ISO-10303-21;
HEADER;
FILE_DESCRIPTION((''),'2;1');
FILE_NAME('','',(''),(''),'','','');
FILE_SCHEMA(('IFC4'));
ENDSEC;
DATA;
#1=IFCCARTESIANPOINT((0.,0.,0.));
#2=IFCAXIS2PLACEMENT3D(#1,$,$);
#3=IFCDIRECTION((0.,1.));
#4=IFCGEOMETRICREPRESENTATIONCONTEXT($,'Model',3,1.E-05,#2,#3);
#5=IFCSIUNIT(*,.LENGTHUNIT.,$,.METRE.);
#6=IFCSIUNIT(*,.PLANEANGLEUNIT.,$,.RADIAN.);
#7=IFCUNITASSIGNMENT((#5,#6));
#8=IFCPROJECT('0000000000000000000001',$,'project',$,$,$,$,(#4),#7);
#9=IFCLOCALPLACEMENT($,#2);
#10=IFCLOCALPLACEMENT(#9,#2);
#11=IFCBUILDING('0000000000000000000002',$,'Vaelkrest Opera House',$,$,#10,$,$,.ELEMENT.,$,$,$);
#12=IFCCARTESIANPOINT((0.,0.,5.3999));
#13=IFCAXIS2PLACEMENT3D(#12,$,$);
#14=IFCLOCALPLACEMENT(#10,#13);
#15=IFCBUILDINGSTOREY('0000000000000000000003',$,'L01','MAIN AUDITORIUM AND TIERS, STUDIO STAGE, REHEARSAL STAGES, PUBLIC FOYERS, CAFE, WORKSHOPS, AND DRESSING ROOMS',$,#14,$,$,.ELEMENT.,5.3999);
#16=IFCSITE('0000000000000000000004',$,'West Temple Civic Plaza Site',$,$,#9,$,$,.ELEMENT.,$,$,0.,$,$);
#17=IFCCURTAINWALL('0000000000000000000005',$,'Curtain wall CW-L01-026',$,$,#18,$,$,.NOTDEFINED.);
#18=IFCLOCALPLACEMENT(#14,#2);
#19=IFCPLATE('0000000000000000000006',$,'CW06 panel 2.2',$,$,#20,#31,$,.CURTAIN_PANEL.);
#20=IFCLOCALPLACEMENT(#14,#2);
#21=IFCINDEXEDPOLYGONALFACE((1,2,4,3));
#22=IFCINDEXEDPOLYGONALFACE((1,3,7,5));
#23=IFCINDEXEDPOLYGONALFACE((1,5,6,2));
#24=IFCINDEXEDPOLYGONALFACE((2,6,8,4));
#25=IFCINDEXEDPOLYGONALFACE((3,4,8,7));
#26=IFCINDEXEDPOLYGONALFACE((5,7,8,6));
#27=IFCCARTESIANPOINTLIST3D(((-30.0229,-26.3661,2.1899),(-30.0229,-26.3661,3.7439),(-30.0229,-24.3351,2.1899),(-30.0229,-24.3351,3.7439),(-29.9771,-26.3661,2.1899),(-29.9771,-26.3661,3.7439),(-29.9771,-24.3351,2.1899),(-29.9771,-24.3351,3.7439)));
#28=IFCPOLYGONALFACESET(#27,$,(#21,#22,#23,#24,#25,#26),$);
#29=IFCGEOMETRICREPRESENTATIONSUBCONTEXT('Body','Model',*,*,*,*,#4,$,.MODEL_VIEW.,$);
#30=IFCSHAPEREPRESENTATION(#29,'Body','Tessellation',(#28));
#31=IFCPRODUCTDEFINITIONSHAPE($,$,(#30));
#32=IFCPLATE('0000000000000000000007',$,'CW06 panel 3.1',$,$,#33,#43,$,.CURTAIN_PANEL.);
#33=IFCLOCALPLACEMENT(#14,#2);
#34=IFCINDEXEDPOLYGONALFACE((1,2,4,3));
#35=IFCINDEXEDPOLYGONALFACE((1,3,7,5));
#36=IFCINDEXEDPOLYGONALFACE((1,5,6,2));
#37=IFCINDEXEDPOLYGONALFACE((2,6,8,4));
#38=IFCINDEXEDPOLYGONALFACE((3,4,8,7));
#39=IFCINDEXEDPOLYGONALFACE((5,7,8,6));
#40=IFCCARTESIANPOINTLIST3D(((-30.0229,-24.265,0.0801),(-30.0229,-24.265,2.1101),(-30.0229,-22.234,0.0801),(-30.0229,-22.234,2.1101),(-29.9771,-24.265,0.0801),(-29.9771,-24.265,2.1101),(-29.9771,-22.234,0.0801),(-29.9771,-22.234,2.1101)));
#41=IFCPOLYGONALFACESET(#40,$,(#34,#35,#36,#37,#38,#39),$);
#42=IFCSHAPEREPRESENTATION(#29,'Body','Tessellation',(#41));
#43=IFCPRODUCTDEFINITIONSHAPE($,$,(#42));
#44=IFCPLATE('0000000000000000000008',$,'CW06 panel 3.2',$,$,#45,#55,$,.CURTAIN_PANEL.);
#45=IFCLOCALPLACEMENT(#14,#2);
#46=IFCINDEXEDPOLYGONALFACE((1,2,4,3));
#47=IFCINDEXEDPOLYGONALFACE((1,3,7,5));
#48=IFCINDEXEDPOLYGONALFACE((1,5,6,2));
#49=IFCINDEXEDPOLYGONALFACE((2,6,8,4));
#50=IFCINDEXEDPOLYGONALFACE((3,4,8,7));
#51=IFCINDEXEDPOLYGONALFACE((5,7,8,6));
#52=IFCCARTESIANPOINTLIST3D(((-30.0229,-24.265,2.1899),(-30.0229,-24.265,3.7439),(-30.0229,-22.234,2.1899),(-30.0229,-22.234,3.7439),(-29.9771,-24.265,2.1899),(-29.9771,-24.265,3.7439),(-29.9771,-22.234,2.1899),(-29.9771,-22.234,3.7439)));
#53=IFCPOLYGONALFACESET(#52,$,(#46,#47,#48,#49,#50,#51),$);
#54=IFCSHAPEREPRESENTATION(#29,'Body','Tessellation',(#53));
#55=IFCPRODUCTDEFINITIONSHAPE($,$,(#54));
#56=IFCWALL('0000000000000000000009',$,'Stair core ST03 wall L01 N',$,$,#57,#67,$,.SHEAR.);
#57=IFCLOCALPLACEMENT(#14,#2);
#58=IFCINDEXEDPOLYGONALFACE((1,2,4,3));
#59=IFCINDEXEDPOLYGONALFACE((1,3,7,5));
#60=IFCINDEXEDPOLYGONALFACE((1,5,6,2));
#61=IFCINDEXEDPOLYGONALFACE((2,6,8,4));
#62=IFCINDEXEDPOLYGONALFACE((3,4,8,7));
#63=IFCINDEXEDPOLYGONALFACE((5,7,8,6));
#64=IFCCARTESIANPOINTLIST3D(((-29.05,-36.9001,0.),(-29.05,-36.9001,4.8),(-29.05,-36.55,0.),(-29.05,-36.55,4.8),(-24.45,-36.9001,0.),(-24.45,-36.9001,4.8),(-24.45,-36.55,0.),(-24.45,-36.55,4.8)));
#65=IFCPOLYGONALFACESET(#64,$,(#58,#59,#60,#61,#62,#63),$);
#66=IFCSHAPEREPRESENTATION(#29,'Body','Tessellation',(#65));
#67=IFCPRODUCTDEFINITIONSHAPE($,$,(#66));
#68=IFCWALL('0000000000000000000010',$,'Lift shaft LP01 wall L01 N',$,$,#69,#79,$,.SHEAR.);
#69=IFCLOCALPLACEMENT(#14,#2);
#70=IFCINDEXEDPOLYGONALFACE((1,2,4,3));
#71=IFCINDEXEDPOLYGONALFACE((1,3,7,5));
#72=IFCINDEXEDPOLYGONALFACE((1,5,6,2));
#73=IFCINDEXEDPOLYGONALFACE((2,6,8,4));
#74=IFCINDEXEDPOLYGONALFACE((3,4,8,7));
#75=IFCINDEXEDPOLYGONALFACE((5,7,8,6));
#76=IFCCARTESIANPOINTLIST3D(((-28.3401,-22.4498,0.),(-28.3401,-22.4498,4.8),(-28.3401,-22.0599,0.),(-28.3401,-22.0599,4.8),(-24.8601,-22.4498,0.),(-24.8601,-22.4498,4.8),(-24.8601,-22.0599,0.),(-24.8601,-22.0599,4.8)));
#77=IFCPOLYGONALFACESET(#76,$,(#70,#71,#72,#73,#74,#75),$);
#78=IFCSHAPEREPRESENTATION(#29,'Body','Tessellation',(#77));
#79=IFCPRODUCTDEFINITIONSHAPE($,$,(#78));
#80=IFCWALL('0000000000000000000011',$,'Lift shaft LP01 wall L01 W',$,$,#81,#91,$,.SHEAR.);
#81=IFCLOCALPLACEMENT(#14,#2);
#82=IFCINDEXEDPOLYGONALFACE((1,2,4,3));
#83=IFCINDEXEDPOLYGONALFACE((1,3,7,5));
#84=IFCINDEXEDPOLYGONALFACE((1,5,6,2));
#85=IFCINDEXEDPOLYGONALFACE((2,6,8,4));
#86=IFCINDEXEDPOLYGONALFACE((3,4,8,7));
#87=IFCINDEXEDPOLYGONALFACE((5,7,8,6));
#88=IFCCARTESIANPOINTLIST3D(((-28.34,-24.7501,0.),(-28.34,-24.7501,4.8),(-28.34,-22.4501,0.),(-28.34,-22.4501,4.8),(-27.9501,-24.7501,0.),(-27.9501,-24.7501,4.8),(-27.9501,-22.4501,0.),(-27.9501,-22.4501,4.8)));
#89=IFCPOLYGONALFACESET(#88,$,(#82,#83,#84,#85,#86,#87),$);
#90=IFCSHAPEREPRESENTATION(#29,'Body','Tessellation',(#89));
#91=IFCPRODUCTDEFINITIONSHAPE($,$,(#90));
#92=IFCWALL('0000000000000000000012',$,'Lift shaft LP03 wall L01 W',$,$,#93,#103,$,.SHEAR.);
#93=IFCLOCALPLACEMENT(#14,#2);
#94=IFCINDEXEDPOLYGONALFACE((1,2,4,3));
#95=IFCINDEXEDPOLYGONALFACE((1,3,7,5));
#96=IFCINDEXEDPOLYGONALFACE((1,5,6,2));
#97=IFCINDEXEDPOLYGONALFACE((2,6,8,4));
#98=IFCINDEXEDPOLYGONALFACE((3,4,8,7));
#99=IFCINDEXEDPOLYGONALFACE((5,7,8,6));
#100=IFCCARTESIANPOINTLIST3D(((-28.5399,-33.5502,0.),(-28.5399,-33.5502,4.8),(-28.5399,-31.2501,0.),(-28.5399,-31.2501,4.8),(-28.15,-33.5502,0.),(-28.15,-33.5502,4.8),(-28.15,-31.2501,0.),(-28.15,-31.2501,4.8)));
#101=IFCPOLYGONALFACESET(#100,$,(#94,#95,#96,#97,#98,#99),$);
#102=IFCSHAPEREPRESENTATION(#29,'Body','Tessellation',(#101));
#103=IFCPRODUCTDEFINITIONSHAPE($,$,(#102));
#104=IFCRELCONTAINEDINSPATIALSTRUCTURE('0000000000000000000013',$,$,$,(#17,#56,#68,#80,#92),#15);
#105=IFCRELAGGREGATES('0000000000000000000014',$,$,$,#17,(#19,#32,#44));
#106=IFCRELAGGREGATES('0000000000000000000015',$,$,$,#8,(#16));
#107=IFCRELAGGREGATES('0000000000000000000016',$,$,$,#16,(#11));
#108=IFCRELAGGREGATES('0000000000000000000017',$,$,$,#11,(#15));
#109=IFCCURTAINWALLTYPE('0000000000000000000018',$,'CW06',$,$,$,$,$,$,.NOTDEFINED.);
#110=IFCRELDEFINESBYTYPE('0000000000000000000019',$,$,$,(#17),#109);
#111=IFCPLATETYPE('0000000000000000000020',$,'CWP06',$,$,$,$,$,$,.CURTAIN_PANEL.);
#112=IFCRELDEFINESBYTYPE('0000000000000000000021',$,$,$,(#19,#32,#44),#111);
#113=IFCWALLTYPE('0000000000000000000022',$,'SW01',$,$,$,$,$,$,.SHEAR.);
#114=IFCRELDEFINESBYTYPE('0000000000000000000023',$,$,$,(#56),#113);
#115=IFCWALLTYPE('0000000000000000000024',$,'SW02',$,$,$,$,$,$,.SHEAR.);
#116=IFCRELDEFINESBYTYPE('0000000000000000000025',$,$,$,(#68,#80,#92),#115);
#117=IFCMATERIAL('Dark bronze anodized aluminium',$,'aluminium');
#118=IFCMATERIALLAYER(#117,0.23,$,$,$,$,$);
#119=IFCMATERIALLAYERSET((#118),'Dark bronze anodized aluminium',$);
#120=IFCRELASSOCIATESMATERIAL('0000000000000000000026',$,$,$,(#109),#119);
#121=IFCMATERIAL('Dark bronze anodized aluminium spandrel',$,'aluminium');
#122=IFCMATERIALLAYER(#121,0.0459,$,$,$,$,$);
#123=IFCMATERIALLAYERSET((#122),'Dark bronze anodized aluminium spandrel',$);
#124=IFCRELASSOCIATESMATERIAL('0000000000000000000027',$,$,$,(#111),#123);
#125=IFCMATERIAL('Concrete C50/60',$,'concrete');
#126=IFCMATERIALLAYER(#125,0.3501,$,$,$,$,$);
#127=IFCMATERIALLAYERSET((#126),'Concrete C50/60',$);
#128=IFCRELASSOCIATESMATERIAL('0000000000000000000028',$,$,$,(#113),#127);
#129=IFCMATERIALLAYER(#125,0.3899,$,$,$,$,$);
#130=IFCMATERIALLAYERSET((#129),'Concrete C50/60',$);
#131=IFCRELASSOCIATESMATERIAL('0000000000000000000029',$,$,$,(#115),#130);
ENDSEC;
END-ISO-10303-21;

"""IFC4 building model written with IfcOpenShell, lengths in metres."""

from ifc_helpers import new_model, si_unit, direction, frame, frame_2d, origin, origin_2d, place, context, subcontext, project, spatial, rectangle, extrude, material, layer, layer_set, type_object, element, aggregate, save


model = new_model("IFC4")

# Units and contexts
model_context = context("Model", 3, precision=1e-05, world=origin(), true_north=direction((0.0, 1.0)))
body_context = subcontext(model_context, "Body", "Model", "MODEL_VIEW")
ifc_project = project(units=[si_unit("LENGTHUNIT", "METRE"), si_unit("PLANEANGLEUNIT", "RADIAN")], contexts=[model_context])

# Site, building, storey
site_placement = place(None, origin())
site = spatial("IfcSite", under=ifc_project, at=site_placement, Name="West Temple Civic Plaza Site", CompositionType="ELEMENT", RefElevation=0.0)
building_placement = place(site_placement, origin())
building = spatial("IfcBuilding", under=site, at=building_placement, Name="Vaelkrest Opera House", CompositionType="ELEMENT")
storey_placement = place(building_placement, frame((0.0, 0.0, 5.3999)))
storey = spatial("IfcBuildingStorey", under=building, at=storey_placement, Name="L01", Description="MAIN AUDITORIUM AND TIERS, STUDIO STAGE, REHEARSAL STAGES, PUBLIC FOYERS, CAFE, WORKSHOPS, AND DRESSING ROOMS", CompositionType="ELEMENT", Elevation=5.3999)

# Shared definitions
ifc_material_1 = material(Name="Concrete C50/60", Category="concrete")

# Curtain wall
ifc_material_2 = material(Name="Dark bronze anodized aluminium", Category="aluminium")
ifc_layer_1 = layer(ifc_material_2, 0.23)
ifc_layer_set_1 = layer_set([ifc_layer_1], Name="Dark bronze anodized aluminium")
curtain_wall_type = type_object("IfcCurtainWallType", Name="CW06", PredefinedType="NOTDEFINED", material=ifc_layer_set_1)
curtain_wall_placement = place(storey_placement, origin())
curtain_wall = element("IfcCurtainWall", 1, at=curtain_wall_placement, inside=storey, type_object=curtain_wall_type, Name="Curtain wall CW-L01-026", PredefinedType="NOTDEFINED")

# Plates
ifc_material_3 = material(Name="Dark bronze anodized aluminium spandrel", Category="aluminium")
ifc_layer_2 = layer(ifc_material_3, 0.0459)
ifc_layer_set_2 = layer_set([ifc_layer_2], Name="Dark bronze anodized aluminium spandrel")
plate_type = type_object("IfcPlateType", Name="CWP06", PredefinedType="CURTAIN_PANEL", material=ifc_layer_set_2)
plate_1_placement = place(storey_placement, frame((-30.0, -25.3506, 2.1899), z_axis=(0.0, 0.0, 1.0), x_axis=(0.0, 1.0, 0.0)))
plate_1 = element("IfcPlate", 2, at=plate_1_placement, type_object=plate_type, Name="CW06 panel 2.2", PredefinedType="CURTAIN_PANEL", context=body_context, shape_type="SweptSolid", body=[
    extrude(rectangle(XDim=2.031, YDim=0.0459, at=origin_2d()), origin(), (0.0, 0.0, 1.0), 1.554),
])
plate_2_placement = place(storey_placement, frame((-30.0, -23.2495, 0.0801), z_axis=(0.0, 0.0, 1.0), x_axis=(0.0, 1.0, 0.0)))
plate_2 = element("IfcPlate", 3, at=plate_2_placement, type_object=plate_type, Name="CW06 panel 3.1", PredefinedType="CURTAIN_PANEL", context=body_context, shape_type="SweptSolid", body=[
    extrude(rectangle(XDim=2.031, YDim=0.0459, at=origin_2d()), origin(), (0.0, 0.0, 1.0), 2.03),
])
plate_3_placement = place(storey_placement, frame((-30.0, -23.2495, 2.1899), z_axis=(0.0, 0.0, 1.0), x_axis=(0.0, 1.0, 0.0)))
plate_3 = element("IfcPlate", 4, at=plate_3_placement, type_object=plate_type, Name="CW06 panel 3.2", PredefinedType="CURTAIN_PANEL", context=body_context, shape_type="SweptSolid", body=[
    extrude(rectangle(XDim=2.031, YDim=0.0459, at=origin_2d()), origin(), (0.0, 0.0, 1.0), 1.554),
])
aggregate(curtain_wall, [plate_1, plate_2, plate_3])

# Walls
ifc_layer_3 = layer(ifc_material_1, 0.3501)
ifc_layer_set_3 = layer_set([ifc_layer_3], Name="Concrete C50/60")
wall_type_1 = type_object("IfcWallType", Name="SW01", PredefinedType="SHEAR", material=ifc_layer_set_3)
wall_1_placement = place(storey_placement, frame((-29.05, -36.7251, 0.0), z_axis=(0.0, 0.0, 1.0), x_axis=(1.0, 0.0, 0.0)))
element("IfcWall", 5, at=wall_1_placement, inside=storey, type_object=wall_type_1, Name="Stair core ST03 wall L01 N", PredefinedType="SHEAR", context=body_context, shape_type="SweptSolid", body=[
    extrude(rectangle(XDim=4.6001, YDim=0.3501, at=frame_2d((2.3, 0.0))), origin(), (0.0, 0.0, 1.0), 4.8),
])
ifc_layer_4 = layer(ifc_material_1, 0.3899)
ifc_layer_set_4 = layer_set([ifc_layer_4], Name="Concrete C50/60")
wall_type_2 = type_object("IfcWallType", Name="SW02", PredefinedType="SHEAR", material=ifc_layer_set_4)
wall_2_placement = place(storey_placement, frame((-28.3401, -22.2549, 0.0), z_axis=(0.0, 0.0, 1.0), x_axis=(1.0, 0.0, 0.0)))
element("IfcWall", 6, at=wall_2_placement, inside=storey, type_object=wall_type_2, Name="Lift shaft LP01 wall L01 N", PredefinedType="SHEAR", context=body_context, shape_type="SweptSolid", body=[
    extrude(rectangle(XDim=3.48, YDim=0.3899, at=frame_2d((1.74, 0.0))), origin(), (0.0, 0.0, 1.0), 4.8),
])
wall_3_placement = place(storey_placement, frame((-28.145, -24.75, 0.0), z_axis=(0.0, 0.0, 1.0), x_axis=(0.0, 1.0, 0.0)))
element("IfcWall", 7, at=wall_3_placement, inside=storey, type_object=wall_type_2, Name="Lift shaft LP01 wall L01 W", PredefinedType="SHEAR", context=body_context, shape_type="SweptSolid", body=[
    extrude(rectangle(XDim=2.3, YDim=0.3899, at=frame_2d((1.1499, 0.0))), origin(), (0.0, 0.0, 1.0), 4.8),
])

# Wall
wall_4_placement = place(storey_placement, frame((-28.345, -33.55, 0.0), z_axis=(0.0, 0.0, 1.0), x_axis=(0.0, 1.0, 0.0)))
element("IfcWall", 8, at=wall_4_placement, inside=storey, type_object=wall_type_2, Name="Lift shaft LP03 wall L01 W", PredefinedType="SHEAR", context=body_context, shape_type="SweptSolid", body=[
    extrude(rectangle(XDim=2.3, YDim=0.3899, at=frame_2d((1.1499, 0.0))), origin(), (0.0, 0.0, 1.0), 4.8),
])

save(model, "model.ifc")
